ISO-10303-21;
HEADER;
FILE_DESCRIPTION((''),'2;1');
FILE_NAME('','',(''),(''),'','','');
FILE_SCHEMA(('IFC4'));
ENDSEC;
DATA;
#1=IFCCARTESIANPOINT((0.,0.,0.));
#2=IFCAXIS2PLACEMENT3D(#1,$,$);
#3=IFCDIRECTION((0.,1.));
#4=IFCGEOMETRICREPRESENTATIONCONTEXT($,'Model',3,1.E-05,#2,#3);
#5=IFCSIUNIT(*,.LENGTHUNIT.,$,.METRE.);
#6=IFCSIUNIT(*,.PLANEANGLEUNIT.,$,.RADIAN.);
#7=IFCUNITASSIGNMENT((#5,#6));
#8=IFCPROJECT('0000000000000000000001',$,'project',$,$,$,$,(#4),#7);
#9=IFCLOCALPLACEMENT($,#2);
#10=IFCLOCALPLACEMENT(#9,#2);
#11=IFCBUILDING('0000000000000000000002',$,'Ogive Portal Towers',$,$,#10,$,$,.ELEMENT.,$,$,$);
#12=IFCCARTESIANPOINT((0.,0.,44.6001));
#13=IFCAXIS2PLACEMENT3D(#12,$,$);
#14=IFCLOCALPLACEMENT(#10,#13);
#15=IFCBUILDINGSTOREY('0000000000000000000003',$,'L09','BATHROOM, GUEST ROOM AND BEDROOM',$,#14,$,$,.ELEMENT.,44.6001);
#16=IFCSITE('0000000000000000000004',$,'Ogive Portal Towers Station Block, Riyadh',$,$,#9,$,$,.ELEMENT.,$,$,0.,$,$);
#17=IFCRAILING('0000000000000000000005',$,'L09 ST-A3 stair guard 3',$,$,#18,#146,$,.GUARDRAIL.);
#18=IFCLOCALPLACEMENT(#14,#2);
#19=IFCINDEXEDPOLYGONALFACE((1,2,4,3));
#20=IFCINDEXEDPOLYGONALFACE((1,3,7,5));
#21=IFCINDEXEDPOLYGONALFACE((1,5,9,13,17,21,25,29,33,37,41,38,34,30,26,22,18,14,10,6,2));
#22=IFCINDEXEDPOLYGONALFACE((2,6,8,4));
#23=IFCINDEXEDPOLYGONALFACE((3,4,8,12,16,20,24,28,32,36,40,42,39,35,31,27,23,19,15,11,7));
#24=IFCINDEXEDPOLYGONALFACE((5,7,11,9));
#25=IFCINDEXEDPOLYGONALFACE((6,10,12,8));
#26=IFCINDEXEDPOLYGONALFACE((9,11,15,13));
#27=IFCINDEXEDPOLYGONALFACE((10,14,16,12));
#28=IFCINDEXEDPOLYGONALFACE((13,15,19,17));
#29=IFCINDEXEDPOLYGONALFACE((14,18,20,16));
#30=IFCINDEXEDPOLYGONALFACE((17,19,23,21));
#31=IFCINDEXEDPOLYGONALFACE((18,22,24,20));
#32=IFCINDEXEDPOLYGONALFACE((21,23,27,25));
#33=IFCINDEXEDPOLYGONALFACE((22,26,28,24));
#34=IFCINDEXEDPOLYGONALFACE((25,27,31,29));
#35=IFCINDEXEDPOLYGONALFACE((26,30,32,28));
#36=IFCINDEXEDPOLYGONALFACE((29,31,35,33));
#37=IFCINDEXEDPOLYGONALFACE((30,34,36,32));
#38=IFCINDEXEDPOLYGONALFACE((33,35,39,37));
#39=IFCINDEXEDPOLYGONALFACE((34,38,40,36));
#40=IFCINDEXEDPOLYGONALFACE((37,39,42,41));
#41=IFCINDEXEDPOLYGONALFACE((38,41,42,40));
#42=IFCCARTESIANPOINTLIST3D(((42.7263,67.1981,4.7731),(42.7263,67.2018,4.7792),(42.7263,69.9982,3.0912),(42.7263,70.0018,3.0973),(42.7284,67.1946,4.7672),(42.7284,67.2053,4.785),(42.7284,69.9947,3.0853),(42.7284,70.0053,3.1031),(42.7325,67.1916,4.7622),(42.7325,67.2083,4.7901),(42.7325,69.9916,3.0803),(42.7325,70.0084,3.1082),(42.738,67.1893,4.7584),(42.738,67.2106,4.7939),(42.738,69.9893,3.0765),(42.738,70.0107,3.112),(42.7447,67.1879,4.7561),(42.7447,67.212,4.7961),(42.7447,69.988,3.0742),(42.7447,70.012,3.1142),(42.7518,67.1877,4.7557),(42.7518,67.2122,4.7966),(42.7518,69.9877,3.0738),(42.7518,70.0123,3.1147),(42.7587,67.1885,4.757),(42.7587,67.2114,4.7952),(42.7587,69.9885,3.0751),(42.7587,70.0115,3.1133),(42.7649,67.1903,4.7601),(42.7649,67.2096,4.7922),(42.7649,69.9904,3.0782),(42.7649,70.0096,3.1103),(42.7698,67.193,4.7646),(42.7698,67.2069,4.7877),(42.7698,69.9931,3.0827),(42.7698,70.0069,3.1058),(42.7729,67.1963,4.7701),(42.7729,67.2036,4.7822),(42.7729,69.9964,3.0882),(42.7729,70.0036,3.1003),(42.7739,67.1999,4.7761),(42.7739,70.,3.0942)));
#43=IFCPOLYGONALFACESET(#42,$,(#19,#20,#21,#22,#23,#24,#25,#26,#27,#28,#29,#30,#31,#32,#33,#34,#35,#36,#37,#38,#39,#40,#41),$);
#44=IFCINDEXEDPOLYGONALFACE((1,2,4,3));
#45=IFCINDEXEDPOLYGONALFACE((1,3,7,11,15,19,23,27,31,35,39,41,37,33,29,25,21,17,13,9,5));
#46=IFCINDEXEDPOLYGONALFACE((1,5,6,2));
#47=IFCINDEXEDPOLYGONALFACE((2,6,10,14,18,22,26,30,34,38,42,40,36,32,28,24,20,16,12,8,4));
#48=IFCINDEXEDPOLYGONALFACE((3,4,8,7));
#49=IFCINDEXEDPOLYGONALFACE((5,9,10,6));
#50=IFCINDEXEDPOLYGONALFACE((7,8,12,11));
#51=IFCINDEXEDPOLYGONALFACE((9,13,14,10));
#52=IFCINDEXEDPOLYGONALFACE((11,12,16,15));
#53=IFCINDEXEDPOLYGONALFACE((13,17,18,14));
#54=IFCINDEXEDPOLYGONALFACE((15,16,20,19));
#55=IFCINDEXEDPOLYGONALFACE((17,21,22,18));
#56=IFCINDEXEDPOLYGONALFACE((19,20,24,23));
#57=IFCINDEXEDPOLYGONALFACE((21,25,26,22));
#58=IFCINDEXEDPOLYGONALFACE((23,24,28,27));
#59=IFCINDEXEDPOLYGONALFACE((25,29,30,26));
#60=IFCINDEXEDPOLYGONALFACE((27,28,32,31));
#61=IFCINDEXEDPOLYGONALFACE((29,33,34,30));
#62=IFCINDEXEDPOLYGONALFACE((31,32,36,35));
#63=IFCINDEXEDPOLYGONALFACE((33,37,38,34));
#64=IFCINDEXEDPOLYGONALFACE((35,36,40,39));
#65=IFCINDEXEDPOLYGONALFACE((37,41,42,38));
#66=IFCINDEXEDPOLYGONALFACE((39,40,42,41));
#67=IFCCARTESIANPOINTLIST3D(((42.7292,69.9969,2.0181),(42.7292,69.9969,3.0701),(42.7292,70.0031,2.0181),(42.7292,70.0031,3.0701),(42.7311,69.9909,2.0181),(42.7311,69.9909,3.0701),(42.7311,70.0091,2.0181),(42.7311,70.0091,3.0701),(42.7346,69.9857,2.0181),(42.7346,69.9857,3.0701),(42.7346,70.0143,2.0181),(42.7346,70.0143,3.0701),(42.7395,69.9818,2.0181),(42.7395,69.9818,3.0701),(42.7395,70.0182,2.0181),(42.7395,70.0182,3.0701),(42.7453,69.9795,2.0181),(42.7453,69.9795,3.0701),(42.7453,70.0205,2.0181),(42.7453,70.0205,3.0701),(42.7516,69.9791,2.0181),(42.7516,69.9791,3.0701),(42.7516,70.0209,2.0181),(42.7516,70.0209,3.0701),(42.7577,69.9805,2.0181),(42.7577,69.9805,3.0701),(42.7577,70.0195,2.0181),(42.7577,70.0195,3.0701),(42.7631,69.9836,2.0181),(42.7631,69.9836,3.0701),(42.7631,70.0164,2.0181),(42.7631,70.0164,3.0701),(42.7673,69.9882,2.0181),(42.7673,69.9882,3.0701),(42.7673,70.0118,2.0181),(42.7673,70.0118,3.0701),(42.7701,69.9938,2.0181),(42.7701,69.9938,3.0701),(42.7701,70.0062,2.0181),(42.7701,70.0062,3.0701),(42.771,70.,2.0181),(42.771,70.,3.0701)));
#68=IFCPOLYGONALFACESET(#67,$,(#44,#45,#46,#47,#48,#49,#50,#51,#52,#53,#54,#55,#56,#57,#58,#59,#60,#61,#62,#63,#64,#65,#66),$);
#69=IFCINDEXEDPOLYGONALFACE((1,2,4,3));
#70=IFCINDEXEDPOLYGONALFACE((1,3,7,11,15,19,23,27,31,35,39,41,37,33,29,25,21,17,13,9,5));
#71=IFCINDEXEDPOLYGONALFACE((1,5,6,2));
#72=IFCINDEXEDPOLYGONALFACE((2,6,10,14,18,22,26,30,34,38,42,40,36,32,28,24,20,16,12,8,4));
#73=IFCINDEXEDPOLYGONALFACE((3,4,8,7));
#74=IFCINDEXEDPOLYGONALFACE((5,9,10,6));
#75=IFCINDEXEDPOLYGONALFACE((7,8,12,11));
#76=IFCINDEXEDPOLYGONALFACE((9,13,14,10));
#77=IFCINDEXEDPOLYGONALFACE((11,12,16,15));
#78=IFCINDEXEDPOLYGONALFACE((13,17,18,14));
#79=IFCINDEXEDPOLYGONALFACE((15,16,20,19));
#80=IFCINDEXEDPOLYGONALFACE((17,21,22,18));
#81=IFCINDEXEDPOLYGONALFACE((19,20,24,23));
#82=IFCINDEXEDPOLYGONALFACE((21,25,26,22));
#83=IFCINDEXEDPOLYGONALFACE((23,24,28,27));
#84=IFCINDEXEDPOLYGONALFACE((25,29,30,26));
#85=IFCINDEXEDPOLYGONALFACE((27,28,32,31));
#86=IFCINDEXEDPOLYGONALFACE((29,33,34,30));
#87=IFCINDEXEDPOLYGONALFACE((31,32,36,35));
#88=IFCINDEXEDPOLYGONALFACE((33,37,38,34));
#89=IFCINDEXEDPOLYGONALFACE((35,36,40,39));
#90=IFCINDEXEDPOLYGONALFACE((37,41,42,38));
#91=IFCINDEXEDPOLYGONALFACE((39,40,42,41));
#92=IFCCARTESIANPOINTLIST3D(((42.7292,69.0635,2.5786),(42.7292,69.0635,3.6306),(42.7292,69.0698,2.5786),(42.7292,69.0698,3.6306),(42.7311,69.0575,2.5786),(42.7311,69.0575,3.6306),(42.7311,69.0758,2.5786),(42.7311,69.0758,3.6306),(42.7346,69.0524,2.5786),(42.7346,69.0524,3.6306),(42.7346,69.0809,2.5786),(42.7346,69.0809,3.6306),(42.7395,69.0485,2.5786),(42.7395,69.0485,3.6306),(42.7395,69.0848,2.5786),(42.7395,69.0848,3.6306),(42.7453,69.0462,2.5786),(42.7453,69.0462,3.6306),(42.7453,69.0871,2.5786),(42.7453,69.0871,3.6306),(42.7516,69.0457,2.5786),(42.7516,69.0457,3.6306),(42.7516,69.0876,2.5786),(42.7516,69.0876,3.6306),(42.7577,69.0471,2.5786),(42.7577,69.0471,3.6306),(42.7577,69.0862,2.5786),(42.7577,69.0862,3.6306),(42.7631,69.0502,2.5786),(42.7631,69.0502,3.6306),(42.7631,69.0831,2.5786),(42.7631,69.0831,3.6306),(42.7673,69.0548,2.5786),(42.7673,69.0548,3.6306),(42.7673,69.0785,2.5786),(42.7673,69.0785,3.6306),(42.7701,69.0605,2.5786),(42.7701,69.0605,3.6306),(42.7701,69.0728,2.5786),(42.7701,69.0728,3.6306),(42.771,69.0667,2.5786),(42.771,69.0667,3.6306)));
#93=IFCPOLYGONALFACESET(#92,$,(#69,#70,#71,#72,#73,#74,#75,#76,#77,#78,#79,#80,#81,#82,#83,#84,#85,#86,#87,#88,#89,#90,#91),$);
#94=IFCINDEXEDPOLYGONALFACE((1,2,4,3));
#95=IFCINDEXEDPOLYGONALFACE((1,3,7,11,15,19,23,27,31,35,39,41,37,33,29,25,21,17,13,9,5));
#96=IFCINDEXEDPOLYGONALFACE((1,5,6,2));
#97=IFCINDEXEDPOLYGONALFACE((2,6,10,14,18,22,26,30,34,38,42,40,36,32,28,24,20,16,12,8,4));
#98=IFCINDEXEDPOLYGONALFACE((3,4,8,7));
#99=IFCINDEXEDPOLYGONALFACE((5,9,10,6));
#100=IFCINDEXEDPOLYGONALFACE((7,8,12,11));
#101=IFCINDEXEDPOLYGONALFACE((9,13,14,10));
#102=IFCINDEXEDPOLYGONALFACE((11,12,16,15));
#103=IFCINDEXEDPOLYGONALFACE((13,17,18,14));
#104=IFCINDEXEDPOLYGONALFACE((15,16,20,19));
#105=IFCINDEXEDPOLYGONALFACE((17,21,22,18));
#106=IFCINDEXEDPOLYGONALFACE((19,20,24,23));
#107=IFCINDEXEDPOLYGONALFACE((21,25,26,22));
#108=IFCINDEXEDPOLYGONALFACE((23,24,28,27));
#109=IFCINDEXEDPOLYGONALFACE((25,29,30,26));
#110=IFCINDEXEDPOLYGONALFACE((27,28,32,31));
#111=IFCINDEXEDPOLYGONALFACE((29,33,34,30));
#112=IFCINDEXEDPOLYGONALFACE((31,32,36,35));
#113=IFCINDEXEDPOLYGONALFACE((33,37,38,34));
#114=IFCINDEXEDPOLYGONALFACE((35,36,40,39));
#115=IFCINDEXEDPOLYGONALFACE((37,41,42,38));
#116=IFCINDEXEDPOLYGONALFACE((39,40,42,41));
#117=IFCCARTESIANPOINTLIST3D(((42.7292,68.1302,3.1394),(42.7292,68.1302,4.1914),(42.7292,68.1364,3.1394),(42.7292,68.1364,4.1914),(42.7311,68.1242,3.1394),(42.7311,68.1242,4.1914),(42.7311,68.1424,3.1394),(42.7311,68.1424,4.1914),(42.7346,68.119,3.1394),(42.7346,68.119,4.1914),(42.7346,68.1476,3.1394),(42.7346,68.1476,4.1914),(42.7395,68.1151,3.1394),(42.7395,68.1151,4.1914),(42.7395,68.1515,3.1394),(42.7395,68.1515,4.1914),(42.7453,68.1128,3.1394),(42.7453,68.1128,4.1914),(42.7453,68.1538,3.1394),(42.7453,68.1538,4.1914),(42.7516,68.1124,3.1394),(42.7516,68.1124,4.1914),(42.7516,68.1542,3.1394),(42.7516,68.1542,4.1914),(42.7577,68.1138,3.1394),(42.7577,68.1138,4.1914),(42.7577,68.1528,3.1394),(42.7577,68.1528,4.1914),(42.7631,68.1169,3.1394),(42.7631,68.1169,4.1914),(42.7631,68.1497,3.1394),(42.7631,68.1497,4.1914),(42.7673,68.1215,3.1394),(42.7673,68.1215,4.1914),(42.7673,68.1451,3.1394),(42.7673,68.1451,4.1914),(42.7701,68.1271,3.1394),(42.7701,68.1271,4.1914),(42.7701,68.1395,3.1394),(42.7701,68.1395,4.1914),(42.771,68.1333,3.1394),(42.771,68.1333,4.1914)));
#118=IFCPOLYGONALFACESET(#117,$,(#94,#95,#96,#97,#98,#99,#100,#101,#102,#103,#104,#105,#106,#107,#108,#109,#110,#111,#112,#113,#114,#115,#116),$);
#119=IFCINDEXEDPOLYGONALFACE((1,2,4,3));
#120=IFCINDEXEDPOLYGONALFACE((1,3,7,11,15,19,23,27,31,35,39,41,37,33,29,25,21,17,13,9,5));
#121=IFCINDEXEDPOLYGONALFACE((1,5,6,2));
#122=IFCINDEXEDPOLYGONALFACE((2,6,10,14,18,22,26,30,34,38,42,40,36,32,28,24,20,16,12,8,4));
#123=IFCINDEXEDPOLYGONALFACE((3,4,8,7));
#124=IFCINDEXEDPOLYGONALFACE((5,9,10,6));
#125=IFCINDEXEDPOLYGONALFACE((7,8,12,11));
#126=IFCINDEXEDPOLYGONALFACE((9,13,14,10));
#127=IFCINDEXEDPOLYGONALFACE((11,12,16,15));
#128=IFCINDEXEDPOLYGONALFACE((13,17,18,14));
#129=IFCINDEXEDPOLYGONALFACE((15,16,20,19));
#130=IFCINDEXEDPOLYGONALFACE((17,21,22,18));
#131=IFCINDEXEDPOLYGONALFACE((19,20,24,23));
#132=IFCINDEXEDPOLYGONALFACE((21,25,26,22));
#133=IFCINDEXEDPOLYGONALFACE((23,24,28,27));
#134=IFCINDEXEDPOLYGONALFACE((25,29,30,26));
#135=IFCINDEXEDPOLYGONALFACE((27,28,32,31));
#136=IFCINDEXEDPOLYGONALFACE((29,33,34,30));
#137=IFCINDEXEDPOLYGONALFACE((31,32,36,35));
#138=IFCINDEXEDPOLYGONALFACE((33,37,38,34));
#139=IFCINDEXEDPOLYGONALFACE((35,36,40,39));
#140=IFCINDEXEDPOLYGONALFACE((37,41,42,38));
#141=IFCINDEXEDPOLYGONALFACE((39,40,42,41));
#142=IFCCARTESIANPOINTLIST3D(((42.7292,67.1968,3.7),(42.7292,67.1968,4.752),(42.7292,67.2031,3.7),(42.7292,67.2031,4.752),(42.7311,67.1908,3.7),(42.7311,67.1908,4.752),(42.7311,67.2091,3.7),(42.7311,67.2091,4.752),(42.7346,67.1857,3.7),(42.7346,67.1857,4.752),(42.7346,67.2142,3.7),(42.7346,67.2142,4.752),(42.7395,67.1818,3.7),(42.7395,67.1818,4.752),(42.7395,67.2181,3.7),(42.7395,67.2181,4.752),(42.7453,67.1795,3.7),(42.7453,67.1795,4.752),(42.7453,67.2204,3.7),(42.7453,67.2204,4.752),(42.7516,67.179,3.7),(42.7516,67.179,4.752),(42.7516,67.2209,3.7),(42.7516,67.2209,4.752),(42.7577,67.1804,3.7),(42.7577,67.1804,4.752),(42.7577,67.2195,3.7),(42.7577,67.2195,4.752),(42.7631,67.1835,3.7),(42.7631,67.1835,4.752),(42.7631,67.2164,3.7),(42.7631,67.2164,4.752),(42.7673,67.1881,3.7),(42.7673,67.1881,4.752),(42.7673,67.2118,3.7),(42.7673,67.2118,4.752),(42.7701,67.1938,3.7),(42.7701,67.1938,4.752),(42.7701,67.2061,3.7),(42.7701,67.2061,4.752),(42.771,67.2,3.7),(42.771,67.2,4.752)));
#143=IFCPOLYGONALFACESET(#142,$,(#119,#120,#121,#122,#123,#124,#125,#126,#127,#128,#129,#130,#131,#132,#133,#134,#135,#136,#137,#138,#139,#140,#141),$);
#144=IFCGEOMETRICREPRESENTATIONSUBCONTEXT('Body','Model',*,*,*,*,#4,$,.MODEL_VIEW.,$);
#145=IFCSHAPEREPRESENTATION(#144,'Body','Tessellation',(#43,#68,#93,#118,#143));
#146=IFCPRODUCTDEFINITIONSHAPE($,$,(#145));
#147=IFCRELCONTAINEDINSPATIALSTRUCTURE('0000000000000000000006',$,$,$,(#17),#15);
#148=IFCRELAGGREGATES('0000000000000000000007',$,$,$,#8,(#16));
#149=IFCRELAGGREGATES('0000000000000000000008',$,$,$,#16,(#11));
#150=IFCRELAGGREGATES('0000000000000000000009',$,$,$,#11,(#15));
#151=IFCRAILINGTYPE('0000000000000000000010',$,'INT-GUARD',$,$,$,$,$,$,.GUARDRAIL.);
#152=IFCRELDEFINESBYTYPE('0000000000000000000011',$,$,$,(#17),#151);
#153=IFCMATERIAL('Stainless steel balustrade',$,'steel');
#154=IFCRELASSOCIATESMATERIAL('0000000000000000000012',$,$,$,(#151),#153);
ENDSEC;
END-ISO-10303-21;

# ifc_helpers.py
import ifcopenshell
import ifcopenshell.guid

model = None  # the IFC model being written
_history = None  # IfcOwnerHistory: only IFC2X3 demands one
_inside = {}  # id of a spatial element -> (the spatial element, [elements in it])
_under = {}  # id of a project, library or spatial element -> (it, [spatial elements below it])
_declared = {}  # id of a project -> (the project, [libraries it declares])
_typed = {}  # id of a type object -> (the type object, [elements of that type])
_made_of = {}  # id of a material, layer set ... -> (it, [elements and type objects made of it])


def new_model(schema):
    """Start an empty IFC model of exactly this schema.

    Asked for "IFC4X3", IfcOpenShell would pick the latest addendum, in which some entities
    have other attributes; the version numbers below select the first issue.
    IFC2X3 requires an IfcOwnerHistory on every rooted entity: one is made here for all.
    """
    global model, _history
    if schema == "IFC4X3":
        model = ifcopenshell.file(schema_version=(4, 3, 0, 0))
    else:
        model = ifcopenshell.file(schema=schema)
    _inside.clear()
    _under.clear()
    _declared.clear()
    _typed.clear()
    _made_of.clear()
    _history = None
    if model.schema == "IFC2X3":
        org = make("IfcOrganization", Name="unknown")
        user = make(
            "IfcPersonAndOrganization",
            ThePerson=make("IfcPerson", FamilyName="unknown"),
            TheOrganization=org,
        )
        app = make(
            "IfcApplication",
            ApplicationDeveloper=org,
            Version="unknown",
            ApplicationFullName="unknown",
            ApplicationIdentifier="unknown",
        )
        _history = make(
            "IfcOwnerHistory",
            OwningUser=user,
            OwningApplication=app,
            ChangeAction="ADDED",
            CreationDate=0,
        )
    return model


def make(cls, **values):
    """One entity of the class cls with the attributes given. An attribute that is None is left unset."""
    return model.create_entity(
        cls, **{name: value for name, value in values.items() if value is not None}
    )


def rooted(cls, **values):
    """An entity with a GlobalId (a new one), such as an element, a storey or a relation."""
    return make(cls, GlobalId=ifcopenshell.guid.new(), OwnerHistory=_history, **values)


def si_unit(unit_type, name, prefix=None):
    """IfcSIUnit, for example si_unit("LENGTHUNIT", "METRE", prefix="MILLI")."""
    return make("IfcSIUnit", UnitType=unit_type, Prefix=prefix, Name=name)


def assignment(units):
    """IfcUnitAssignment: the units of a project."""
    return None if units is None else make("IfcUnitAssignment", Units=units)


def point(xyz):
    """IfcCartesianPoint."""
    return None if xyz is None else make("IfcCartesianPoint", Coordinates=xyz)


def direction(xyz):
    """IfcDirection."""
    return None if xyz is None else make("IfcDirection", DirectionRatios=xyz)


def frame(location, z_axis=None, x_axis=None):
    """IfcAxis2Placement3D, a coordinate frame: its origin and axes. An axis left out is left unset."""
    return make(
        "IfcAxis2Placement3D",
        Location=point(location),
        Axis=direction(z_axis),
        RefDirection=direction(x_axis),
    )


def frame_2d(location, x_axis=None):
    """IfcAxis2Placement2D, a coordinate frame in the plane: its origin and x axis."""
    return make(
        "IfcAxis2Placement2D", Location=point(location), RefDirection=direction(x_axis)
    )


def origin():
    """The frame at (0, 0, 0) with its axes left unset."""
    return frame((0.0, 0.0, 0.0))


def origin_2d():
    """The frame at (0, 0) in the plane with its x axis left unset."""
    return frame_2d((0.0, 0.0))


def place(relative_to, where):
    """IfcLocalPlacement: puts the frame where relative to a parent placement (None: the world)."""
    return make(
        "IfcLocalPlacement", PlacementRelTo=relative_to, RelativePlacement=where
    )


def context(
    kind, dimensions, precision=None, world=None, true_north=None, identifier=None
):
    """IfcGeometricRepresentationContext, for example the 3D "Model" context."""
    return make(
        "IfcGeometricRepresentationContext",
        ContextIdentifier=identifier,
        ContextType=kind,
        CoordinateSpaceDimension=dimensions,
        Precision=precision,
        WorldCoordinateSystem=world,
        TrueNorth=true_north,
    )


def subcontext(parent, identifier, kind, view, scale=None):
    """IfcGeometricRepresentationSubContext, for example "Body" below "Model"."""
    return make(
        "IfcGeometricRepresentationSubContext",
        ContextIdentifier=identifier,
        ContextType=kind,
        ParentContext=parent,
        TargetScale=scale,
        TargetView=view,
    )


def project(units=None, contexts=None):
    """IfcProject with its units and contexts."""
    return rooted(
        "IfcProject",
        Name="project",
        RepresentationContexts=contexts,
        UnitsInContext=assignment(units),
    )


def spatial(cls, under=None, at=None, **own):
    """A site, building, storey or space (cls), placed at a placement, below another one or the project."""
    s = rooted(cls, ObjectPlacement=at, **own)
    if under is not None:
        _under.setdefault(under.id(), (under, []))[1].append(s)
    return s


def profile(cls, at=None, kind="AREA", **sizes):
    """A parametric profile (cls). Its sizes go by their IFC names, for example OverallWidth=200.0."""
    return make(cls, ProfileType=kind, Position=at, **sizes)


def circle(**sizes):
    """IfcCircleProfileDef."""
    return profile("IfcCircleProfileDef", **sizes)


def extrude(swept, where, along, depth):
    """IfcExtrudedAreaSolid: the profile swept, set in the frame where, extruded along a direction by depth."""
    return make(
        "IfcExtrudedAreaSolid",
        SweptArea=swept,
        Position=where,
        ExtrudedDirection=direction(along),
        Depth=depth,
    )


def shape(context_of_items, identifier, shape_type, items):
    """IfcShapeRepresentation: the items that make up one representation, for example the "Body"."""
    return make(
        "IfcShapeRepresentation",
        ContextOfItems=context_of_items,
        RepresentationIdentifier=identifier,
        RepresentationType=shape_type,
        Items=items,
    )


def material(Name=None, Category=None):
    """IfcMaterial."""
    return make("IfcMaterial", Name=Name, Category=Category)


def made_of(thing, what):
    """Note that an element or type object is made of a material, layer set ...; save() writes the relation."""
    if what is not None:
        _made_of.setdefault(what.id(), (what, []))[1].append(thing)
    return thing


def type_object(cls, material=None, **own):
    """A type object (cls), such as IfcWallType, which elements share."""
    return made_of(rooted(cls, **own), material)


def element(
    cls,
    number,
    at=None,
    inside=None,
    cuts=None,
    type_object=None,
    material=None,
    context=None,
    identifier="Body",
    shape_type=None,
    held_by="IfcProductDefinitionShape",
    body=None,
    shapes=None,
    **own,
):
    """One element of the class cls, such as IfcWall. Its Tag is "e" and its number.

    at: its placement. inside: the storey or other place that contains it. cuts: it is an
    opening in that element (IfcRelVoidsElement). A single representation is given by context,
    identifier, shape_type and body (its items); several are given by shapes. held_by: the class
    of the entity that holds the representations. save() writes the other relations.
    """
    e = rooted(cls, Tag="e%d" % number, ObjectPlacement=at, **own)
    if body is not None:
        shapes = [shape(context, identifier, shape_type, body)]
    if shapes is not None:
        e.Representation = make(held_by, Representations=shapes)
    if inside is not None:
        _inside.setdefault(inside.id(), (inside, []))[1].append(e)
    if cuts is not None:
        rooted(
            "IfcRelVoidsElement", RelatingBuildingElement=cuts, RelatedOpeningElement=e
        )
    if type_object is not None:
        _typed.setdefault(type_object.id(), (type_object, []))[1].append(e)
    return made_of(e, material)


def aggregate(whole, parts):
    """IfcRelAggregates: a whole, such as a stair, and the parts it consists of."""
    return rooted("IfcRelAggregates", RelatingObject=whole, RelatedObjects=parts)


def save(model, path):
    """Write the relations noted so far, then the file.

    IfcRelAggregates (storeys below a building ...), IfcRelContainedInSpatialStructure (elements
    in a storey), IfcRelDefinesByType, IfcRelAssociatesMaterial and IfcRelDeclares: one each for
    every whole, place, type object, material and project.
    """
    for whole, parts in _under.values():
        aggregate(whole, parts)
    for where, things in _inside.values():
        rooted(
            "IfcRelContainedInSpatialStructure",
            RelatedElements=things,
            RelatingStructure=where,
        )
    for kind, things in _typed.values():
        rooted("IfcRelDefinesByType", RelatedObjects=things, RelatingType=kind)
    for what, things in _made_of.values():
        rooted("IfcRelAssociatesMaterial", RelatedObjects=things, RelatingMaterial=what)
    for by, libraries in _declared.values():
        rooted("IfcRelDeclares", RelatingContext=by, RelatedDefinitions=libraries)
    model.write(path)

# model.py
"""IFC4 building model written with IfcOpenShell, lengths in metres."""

from ifc_helpers import new_model, si_unit, direction, frame, origin, origin_2d, place, context, subcontext, project, spatial, circle, extrude, material, type_object, element, save


model = new_model("IFC4")

# Units and contexts
model_context = context("Model", 3, precision=1e-05, world=origin(), true_north=direction((0.0, 1.0)))
body_context = subcontext(model_context, "Body", "Model", "MODEL_VIEW")
ifc_project = project(units=[si_unit("LENGTHUNIT", "METRE"), si_unit("PLANEANGLEUNIT", "RADIAN")], contexts=[model_context])

# Site, building, storey
site_placement = place(None, origin())
site = spatial("IfcSite", under=ifc_project, at=site_placement, Name="Ogive Portal Towers Station Block, Riyadh", CompositionType="ELEMENT", RefElevation=0.0)
building_placement = place(site_placement, origin())
building = spatial("IfcBuilding", under=site, at=building_placement, Name="Ogive Portal Towers", CompositionType="ELEMENT")
storey_placement = place(building_placement, frame((0.0, 0.0, 44.6001)))
storey = spatial("IfcBuildingStorey", under=building, at=storey_placement, Name="L09", Description="BATHROOM, GUEST ROOM AND BEDROOM", CompositionType="ELEMENT", Elevation=44.6001)

# Railing
ifc_material_1 = material(Name="Stainless steel balustrade", Category="steel")
railing_type_1 = type_object("IfcRailingType", Name="INT-GUARD", PredefinedType="GUARDRAIL", material=ifc_material_1)
railing_1_placement = place(storey_placement, frame((42.75, 70.0, 2.0181)))
element("IfcRailing", 1, at=railing_1_placement, inside=storey, type_object=railing_type_1, Name="L09 ST-A3 stair guard 3", PredefinedType="GUARDRAIL", context=body_context, shape_type="SweptSolid", body=[
    extrude(circle(Radius=0.0239, at=origin_2d()), frame((0.0, 0.0, 1.0762), z_axis=(0.0, -0.857242, 0.514913), x_axis=(1.0, 0.0, 0.0)), (0.0, 0.0, 1.0), 3.2664),
    extrude(circle(Radius=0.021, at=origin_2d()), origin(), (0.0, 0.0, 1.0), 1.052),
    extrude(circle(Radius=0.021, at=origin_2d()), frame((0.0, -0.9333, 0.5605)), (0.0, 0.0, 1.0), 1.052),
    extrude(circle(Radius=0.021, at=origin_2d()), frame((0.0, -1.8667, 1.1213)), (0.0, 0.0, 1.0), 1.052),
    extrude(circle(Radius=0.021, at=origin_2d()), frame((0.0, -2.8, 1.6819)), (0.0, 0.0, 1.0), 1.052),
])

save(model, "model.ifc")
